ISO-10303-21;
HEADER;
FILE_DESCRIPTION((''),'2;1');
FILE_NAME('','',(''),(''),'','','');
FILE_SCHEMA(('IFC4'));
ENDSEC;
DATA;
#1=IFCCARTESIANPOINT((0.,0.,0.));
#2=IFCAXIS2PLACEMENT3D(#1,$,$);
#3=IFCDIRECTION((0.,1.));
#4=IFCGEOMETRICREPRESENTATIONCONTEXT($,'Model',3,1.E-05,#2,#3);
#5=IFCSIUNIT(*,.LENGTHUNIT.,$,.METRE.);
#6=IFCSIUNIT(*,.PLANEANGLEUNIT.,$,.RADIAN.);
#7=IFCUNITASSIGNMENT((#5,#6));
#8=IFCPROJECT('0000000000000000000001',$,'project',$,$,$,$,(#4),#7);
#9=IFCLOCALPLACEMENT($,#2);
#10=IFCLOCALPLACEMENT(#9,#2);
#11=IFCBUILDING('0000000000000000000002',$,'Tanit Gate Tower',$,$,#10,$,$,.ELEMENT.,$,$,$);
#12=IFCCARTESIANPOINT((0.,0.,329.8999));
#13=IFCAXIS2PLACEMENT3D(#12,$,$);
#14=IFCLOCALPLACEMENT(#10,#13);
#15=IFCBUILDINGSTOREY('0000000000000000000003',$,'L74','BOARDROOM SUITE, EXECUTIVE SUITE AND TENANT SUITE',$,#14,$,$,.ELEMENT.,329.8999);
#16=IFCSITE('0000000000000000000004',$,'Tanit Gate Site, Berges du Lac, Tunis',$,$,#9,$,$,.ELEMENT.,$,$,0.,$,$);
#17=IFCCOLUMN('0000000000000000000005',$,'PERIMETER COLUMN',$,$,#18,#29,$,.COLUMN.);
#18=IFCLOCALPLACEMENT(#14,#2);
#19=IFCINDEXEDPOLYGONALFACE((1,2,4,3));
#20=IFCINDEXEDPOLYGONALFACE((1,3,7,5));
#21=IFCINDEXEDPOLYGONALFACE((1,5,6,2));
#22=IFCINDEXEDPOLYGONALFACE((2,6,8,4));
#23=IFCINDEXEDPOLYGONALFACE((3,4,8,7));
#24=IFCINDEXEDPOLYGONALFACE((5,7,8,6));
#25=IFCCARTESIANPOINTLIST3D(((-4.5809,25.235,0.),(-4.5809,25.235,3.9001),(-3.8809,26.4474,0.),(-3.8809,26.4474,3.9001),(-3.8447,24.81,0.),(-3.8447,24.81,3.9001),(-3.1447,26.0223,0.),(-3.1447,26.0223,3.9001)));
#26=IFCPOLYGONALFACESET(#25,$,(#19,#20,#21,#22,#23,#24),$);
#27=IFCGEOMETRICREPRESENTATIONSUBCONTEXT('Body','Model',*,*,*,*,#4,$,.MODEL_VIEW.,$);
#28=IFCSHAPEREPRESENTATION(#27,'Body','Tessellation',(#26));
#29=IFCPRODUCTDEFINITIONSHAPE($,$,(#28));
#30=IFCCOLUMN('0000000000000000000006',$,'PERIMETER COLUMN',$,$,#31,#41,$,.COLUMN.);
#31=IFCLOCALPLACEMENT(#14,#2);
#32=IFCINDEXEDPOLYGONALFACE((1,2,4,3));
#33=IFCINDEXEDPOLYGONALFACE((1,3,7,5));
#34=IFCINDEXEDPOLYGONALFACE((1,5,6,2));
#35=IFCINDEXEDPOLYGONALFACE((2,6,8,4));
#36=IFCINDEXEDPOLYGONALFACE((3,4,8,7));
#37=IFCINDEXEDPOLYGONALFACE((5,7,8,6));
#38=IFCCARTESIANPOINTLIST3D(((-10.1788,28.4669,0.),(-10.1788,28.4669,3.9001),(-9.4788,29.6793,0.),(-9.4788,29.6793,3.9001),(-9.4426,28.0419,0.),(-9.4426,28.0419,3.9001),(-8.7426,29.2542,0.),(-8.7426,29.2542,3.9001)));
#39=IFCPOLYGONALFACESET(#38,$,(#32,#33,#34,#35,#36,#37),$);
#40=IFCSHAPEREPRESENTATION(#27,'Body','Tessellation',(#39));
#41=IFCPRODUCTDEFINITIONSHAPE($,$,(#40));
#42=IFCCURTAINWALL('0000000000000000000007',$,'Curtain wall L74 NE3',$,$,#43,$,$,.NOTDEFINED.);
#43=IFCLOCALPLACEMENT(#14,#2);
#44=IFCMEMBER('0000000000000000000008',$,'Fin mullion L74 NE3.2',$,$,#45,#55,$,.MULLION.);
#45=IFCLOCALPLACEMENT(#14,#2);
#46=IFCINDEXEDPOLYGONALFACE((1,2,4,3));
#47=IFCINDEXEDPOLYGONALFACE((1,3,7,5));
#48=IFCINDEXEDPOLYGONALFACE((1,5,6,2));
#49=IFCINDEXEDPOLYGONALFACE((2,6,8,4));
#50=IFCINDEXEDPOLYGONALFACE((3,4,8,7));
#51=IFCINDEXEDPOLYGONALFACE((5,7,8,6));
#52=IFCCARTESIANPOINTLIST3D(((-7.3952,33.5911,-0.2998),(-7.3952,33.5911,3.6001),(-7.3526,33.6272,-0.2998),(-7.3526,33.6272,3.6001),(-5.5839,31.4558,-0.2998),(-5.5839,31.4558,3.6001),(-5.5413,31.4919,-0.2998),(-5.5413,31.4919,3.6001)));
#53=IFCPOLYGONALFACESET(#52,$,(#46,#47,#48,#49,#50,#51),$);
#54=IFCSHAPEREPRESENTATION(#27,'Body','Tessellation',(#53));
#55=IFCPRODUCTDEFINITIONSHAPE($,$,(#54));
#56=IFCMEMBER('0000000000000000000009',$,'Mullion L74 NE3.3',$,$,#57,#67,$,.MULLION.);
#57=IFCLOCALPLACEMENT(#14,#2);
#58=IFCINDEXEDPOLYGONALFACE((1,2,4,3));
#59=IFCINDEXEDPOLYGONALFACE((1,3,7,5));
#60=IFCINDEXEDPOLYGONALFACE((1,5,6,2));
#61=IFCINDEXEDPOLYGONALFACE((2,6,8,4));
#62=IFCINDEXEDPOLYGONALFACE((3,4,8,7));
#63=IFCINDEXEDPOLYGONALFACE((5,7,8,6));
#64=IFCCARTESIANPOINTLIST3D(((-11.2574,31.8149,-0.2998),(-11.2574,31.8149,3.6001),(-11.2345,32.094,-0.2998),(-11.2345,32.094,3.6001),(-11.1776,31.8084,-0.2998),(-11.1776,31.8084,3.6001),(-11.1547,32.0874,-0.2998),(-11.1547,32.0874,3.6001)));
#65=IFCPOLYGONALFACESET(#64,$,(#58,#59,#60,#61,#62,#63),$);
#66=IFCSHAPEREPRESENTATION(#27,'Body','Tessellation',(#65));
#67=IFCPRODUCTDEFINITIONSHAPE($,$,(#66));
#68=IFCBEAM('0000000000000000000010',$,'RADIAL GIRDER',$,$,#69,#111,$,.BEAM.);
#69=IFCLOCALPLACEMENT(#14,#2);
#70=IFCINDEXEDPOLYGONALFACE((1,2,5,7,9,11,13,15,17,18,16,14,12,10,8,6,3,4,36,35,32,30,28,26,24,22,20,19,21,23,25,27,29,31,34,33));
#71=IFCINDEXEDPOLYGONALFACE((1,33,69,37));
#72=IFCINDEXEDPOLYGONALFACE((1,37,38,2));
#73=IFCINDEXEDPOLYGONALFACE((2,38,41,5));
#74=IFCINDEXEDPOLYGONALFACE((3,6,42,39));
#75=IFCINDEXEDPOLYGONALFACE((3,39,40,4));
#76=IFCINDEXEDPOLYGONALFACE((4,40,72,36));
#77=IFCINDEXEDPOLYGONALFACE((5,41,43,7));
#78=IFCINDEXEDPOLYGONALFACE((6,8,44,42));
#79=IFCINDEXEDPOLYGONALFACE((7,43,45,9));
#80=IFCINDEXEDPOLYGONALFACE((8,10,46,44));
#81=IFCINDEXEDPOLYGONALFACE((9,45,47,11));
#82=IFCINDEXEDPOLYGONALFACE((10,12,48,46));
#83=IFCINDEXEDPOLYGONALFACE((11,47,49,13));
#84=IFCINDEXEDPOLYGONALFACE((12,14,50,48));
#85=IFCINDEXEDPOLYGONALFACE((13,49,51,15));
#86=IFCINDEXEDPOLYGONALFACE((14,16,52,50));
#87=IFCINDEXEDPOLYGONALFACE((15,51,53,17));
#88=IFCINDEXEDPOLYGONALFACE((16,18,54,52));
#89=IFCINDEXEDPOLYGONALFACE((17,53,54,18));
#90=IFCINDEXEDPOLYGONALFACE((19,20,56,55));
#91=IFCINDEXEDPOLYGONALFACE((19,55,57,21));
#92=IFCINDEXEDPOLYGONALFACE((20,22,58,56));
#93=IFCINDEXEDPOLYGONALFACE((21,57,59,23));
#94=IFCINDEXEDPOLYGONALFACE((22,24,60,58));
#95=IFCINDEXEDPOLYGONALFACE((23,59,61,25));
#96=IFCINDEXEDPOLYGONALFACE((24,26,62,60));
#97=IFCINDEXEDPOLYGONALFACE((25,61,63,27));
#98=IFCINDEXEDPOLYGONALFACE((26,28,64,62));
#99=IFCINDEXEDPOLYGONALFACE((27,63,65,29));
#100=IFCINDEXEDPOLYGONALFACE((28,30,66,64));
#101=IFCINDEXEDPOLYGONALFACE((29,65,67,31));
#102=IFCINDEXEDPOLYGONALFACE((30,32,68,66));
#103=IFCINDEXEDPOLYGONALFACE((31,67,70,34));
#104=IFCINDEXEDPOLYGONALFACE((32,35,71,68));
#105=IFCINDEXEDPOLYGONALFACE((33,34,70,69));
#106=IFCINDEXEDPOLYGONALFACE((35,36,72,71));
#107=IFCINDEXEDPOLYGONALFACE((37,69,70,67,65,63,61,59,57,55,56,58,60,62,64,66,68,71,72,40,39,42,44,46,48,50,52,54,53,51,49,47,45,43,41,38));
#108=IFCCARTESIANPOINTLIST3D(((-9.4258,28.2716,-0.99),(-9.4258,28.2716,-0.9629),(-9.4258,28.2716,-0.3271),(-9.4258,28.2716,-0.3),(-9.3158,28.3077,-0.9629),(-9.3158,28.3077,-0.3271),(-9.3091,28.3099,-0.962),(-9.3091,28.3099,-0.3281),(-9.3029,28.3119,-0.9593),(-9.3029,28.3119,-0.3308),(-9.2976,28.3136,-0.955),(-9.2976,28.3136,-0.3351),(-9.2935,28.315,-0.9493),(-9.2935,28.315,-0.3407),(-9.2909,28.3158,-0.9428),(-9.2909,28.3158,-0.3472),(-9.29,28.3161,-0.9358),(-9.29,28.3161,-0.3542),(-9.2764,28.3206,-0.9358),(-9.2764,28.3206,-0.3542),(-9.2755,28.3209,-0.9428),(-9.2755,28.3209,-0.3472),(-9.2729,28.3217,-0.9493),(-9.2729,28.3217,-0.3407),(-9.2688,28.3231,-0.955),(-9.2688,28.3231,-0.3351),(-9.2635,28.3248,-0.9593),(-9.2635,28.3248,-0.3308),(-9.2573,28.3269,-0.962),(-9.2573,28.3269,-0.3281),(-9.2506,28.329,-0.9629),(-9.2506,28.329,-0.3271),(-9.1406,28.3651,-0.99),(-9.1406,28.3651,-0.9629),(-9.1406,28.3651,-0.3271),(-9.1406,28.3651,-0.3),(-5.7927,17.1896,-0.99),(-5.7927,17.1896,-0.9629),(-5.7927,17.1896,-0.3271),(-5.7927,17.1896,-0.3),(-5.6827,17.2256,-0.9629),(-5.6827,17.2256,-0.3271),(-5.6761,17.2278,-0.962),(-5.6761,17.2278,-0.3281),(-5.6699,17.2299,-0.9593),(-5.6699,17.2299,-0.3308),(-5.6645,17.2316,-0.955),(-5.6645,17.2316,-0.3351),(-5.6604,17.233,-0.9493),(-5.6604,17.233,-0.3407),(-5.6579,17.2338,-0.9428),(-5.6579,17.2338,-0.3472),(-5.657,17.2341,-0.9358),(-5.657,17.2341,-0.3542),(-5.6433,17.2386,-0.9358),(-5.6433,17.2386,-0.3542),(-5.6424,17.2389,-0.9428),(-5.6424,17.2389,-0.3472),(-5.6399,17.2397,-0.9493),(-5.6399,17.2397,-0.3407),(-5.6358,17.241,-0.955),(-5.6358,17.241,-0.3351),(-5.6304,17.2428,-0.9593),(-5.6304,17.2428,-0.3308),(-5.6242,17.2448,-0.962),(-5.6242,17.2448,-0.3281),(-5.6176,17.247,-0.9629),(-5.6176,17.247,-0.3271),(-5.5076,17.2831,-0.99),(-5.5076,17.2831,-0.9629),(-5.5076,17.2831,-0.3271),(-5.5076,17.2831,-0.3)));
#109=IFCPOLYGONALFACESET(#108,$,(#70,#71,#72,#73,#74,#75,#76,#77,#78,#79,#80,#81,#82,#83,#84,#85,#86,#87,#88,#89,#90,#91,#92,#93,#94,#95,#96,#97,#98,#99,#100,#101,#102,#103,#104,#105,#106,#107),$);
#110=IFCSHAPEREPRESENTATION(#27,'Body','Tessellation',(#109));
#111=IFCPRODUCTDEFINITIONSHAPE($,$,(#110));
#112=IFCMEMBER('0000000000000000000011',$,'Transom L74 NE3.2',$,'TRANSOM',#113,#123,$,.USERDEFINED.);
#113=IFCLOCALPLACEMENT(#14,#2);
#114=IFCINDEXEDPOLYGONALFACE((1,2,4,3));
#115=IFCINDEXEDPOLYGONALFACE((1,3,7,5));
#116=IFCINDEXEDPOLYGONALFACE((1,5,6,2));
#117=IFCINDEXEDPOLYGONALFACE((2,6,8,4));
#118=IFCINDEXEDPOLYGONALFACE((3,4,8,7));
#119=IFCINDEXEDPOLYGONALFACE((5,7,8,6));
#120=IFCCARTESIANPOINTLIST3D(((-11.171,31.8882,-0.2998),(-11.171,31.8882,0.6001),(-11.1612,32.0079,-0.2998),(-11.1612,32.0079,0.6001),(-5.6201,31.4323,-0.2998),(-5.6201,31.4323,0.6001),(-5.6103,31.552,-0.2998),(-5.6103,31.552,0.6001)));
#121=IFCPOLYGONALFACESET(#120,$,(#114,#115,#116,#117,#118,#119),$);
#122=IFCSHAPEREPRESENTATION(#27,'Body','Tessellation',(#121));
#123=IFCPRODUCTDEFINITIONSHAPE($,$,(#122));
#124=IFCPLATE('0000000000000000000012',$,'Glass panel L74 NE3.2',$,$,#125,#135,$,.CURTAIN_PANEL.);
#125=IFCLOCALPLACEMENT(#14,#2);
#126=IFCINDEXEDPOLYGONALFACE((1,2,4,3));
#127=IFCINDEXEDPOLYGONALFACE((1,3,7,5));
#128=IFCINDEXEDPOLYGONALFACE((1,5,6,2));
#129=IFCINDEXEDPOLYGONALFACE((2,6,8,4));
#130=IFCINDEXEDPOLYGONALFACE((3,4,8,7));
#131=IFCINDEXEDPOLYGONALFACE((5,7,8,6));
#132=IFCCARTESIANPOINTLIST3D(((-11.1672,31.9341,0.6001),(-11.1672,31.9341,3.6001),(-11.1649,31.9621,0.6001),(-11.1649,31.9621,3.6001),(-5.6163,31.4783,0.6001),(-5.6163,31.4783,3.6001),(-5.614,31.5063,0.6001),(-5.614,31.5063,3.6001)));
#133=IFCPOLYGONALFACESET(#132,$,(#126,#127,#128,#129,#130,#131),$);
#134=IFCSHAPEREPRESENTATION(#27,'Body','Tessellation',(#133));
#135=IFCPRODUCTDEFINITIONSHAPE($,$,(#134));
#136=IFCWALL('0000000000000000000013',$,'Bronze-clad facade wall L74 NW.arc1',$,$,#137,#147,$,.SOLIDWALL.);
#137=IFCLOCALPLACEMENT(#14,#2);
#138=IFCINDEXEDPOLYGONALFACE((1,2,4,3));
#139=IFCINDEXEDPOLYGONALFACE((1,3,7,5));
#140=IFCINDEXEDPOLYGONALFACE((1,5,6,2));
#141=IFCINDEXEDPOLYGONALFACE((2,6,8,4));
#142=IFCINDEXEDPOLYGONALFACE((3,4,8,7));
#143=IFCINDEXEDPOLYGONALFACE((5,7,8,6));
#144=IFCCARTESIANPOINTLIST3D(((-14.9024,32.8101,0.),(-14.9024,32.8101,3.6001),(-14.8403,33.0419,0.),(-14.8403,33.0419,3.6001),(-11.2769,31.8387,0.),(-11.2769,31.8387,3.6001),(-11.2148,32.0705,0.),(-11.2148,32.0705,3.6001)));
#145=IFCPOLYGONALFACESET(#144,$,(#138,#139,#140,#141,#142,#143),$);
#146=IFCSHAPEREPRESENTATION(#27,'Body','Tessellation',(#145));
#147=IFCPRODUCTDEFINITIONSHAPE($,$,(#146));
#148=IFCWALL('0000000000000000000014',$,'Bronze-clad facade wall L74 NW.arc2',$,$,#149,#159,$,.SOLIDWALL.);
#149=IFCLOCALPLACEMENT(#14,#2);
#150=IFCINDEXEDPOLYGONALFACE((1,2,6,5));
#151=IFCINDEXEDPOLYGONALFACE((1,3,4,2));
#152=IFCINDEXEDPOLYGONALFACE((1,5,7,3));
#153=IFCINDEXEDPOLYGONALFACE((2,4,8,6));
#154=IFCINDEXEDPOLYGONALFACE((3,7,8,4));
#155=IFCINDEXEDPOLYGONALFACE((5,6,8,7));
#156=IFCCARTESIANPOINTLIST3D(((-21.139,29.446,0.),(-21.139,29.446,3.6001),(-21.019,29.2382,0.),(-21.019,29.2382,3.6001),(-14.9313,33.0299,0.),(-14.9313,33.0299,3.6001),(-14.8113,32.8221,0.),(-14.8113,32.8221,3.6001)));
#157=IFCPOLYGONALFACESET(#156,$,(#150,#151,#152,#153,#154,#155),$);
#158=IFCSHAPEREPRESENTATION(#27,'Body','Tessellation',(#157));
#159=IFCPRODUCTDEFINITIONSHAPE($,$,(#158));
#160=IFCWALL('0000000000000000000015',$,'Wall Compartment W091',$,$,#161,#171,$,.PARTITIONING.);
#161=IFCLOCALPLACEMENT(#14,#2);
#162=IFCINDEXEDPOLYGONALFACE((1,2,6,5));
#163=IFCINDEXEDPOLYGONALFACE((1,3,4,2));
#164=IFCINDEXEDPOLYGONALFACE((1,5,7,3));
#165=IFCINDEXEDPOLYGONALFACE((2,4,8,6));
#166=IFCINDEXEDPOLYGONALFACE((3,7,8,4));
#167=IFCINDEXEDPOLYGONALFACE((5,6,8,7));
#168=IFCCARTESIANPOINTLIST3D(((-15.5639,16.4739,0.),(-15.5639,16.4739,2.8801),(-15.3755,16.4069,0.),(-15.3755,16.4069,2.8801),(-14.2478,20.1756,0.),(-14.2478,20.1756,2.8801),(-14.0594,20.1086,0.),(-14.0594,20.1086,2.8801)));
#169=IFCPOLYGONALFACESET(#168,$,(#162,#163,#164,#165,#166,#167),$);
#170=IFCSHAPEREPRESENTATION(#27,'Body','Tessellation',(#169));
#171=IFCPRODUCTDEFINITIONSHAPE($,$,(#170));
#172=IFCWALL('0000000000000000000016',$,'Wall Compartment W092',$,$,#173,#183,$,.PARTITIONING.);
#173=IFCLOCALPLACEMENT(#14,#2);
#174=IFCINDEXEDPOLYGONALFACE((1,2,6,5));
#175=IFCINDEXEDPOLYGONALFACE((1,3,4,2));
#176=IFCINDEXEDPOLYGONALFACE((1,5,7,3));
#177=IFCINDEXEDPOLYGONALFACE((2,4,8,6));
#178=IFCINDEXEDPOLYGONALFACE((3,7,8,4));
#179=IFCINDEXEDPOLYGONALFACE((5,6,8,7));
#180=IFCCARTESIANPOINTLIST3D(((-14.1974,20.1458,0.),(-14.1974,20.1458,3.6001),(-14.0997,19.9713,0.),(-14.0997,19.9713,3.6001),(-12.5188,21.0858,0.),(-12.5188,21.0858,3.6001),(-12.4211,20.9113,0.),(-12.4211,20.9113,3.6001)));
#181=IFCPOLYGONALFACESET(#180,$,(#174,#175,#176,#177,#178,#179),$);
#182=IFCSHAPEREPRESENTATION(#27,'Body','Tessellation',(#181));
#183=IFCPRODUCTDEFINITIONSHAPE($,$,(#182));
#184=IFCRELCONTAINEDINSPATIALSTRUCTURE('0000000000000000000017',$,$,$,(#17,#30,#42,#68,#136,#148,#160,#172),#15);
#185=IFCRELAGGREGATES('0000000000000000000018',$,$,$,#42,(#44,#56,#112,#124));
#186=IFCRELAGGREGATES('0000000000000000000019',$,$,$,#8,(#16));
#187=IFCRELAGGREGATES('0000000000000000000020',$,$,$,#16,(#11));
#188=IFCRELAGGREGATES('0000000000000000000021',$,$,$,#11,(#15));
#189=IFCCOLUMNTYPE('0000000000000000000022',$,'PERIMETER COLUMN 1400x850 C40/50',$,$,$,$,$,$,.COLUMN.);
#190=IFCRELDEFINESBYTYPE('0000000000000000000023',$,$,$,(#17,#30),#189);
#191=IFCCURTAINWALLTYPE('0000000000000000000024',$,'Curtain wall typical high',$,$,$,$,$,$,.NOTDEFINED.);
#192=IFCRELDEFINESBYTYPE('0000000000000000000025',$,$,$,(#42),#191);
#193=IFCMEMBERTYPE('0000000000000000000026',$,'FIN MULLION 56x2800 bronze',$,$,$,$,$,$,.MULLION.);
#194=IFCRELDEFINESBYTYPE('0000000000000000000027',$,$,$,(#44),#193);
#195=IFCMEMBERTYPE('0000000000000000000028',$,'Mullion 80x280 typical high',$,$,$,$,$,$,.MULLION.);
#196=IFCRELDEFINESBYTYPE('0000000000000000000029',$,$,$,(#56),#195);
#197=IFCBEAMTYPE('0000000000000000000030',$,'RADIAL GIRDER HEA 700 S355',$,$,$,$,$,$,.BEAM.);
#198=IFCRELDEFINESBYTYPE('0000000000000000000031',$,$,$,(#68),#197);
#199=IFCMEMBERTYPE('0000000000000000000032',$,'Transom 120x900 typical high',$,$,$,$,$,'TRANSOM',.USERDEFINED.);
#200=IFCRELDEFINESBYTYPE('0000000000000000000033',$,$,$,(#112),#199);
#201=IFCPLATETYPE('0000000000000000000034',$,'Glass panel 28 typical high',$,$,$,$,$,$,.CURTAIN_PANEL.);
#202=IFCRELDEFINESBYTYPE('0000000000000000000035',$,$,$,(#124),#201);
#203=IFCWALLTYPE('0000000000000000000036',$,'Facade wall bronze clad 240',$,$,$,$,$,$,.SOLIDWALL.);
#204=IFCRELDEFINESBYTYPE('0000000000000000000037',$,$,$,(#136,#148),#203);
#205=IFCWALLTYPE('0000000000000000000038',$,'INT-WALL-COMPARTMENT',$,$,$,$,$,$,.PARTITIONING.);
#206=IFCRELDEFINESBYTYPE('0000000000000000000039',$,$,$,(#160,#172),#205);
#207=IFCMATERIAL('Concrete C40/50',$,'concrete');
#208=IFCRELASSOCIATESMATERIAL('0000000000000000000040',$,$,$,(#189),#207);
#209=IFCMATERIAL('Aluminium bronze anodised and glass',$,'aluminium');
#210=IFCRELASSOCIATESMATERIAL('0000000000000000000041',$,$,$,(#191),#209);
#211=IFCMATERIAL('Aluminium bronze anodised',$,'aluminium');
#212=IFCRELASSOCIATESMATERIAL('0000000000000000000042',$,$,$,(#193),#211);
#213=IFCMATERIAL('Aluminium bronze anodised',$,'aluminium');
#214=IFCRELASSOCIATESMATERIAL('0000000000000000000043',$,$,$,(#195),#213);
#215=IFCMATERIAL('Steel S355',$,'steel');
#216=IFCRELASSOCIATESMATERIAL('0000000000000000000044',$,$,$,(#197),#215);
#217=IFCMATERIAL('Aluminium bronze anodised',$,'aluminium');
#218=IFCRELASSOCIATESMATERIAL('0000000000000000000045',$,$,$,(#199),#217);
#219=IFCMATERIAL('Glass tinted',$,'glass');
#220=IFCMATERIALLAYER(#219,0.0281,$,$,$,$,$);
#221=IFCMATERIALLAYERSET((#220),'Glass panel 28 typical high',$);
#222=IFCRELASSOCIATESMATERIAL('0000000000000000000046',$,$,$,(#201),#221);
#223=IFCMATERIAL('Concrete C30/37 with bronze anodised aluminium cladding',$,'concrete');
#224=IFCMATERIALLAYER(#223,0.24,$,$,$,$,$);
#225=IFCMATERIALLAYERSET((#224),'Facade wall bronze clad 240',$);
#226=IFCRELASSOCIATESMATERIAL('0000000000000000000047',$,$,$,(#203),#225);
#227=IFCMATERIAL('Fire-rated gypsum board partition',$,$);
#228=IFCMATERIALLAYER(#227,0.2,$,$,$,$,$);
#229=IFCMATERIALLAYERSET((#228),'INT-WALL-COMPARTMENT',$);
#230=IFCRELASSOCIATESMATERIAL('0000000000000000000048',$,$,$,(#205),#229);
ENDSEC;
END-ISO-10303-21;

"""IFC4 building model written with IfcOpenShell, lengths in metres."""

from ifc_helpers import new_model, si_unit, direction, frame, frame_2d, origin, origin_2d, place, context, subcontext, project, spatial, rectangle, i_section, extrude, material, layer, layer_set, material_profile, profile_set, type_object, element, aggregate, save


model = new_model("IFC4")

# Units and contexts
model_context = context("Model", 3, precision=1e-05, world=origin(), true_north=direction((0.0, 1.0)))
body_context = subcontext(model_context, "Body", "Model", "MODEL_VIEW")
ifc_project = project(units=[si_unit("LENGTHUNIT", "METRE"), si_unit("PLANEANGLEUNIT", "RADIAN")], contexts=[model_context])

# Site, building, storey
site_placement = place(None, origin())
site = spatial("IfcSite", under=ifc_project, at=site_placement, Name="Tanit Gate Site, Berges du Lac, Tunis", CompositionType="ELEMENT", RefElevation=0.0)
building_placement = place(site_placement, origin())
building = spatial("IfcBuilding", under=site, at=building_placement, Name="Tanit Gate Tower", CompositionType="ELEMENT")
storey_placement = place(building_placement, frame((0.0, 0.0, 329.8999)))
storey = spatial("IfcBuildingStorey", under=building, at=storey_placement, Name="L74", Description="BOARDROOM SUITE, EXECUTIVE SUITE AND TENANT SUITE", CompositionType="ELEMENT", Elevation=329.8999)

# Columns
ifc_material_1 = material(Name="Concrete C40/50", Category="concrete")
ifc_material_profile_1 = material_profile(ifc_material_1, rectangle(XDim=1.3999, YDim=0.8501, at=origin_2d()), Name="RC 1400x850")
ifc_profile_set_1 = profile_set([ifc_material_profile_1], Name="Concrete C40/50")
column_type = type_object("IfcColumnType", Name="PERIMETER COLUMN 1400x850 C40/50", PredefinedType="COLUMN", material=ifc_profile_set_1)
for number, where, z_axis, x_axis, name in (
    (1, (-3.8628, 25.6287, 0.0), (0.0, 0.0, 1.0), (0.5, 0.866025, 0.0), "PERIMETER COLUMN"),
    (2, (-9.4607, 28.8606, 0.0), (0.0, 0.0, 1.0), (0.5, 0.866025, 0.0), "PERIMETER COLUMN"),
):
    element("IfcColumn", number, at=place(storey_placement, frame(where, z_axis=z_axis, x_axis=x_axis)), inside=storey, type_object=column_type, Name=name, PredefinedType="COLUMN", context=body_context, shape_type="SweptSolid", body=[
        extrude(rectangle(XDim=1.3999, YDim=0.8501, at=origin_2d()), origin(), (0.0, 0.0, 1.0), 3.9001),
    ])

# Curtain wall, members
ifc_material_2 = material(Name="Aluminium bronze anodised and glass", Category="aluminium")
curtain_wall_type = type_object("IfcCurtainWallType", Name="Curtain wall typical high", PredefinedType="NOTDEFINED", material=ifc_material_2)
curtain_wall_placement = place(storey_placement, origin())
curtain_wall = element("IfcCurtainWall", 3, at=curtain_wall_placement, inside=storey, type_object=curtain_wall_type, Name="Curtain wall L74 NE3", PredefinedType="NOTDEFINED")
ifc_material_3 = material(Name="Aluminium bronze anodised", Category="aluminium")
ifc_material_profile_2 = material_profile(ifc_material_3, rectangle(XDim=2.8, YDim=0.0559, at=origin_2d()), Name="56x2800 bronze fin mullion")
ifc_profile_set_2 = profile_set([ifc_material_profile_2], Name="Aluminium bronze anodised")
member_type_1 = type_object("IfcMemberType", Name="FIN MULLION 56x2800 bronze", PredefinedType="MULLION", material=ifc_profile_set_2)
member_1_placement = place(storey_placement, frame((-6.4683, 32.5415, -0.2998), z_axis=(0.0, 0.0, 1.0), x_axis=(0.646873, -0.762598, 0.0)))
member_1 = element("IfcMember", 4, at=member_1_placement, type_object=member_type_1, Name="Fin mullion L74 NE3.2", PredefinedType="MULLION", context=body_context, shape_type="SweptSolid", body=[
    extrude(rectangle(XDim=2.8, YDim=0.0559, at=origin_2d()), origin(), (0.0, 0.0, 1.0), 3.8999),
])
ifc_material_4 = material(Name="Aluminium bronze anodised", Category="aluminium")
ifc_material_profile_3 = material_profile(ifc_material_4, rectangle(XDim=0.28, YDim=0.0801, at=origin_2d()), Name="80x280 bronze mullion")
ifc_profile_set_3 = profile_set([ifc_material_profile_3], Name="Aluminium bronze anodised")
member_type_2 = type_object("IfcMemberType", Name="Mullion 80x280 typical high", PredefinedType="MULLION", material=ifc_profile_set_3)
member_2_placement = place(storey_placement, frame((-11.2061, 31.9512, -0.2998), z_axis=(0.0, 0.0, 1.0), x_axis=(-0.08183, -0.996646, 0.0)))
member_2 = element("IfcMember", 5, at=member_2_placement, type_object=member_type_2, Name="Mullion L74 NE3.3", PredefinedType="MULLION", context=body_context, shape_type="SweptSolid", body=[
    extrude(rectangle(XDim=0.28, YDim=0.0801, at=origin_2d()), origin(), (0.0, 0.0, 1.0), 3.8999),
])

# Beam
ifc_material_5 = material(Name="Steel S355", Category="steel")
ifc_material_profile_4 = material_profile(ifc_material_5, i_section(OverallWidth=0.3, OverallDepth=0.6899, WebThickness=0.0144, FlangeThickness=0.0271, FilletRadius=0.0271, at=origin_2d()), Name="HEA 700")
ifc_profile_set_4 = profile_set([ifc_material_profile_4], Name="Steel S355")
beam_type = type_object("IfcBeamType", Name="RADIAL GIRDER HEA 700 S355", PredefinedType="BEAM", material=ifc_profile_set_4)
beam_placement = place(storey_placement, frame((-9.2832, 28.3184, -0.645), z_axis=(0.31152, -0.95024, 0.0), x_axis=(0.95024, 0.31152, 0.0)))
element("IfcBeam", 6, at=beam_placement, inside=storey, type_object=beam_type, Name="RADIAL GIRDER", PredefinedType="BEAM", context=body_context, shape_type="SweptSolid", body=[
    extrude(i_section(OverallWidth=0.3, OverallDepth=0.6899, WebThickness=0.0144, FlangeThickness=0.0271, FilletRadius=0.0271, at=origin_2d()), origin(), (0.0, 0.0, 1.0), 11.6624),
])

# Member
ifc_material_6 = material(Name="Aluminium bronze anodised", Category="aluminium")
ifc_material_profile_5 = material_profile(ifc_material_6, rectangle(XDim=0.1201, YDim=0.8999, at=origin_2d()), Name="120x900 bronze transom")
ifc_profile_set_5 = profile_set([ifc_material_profile_5], Name="Aluminium bronze anodised")
member_type_3 = type_object("IfcMemberType", Name="Transom 120x900 typical high", ElementType="TRANSOM", PredefinedType="USERDEFINED", material=ifc_profile_set_5)
member_3_placement = place(storey_placement, frame((-5.6152, 31.4922, 0.1501), z_axis=(-0.996645, 0.081841, 0.0), x_axis=(-0.081841, -0.996645, 0.0)))
member_3 = element("IfcMember", 7, at=member_3_placement, type_object=member_type_3, Name="Transom L74 NE3.2", ObjectType="TRANSOM", PredefinedType="USERDEFINED", context=body_context, shape_type="SweptSolid", body=[
    extrude(rectangle(XDim=0.1201, YDim=0.8999, at=origin_2d()), origin(), (0.0, 0.0, 1.0), 5.5696),
])

# Plate
ifc_material_7 = material(Name="Glass tinted", Category="glass")
ifc_layer_1 = layer(ifc_material_7, 0.0281)
ifc_layer_set_1 = layer_set([ifc_layer_1], Name="Glass panel 28 typical high")
plate_type = type_object("IfcPlateType", Name="Glass panel 28 typical high", PredefinedType="CURTAIN_PANEL", material=ifc_layer_set_1)
plate_placement = place(storey_placement, frame((-8.3906, 31.7202, 0.6001), z_axis=(0.0, 0.0, 1.0), x_axis=(-0.996646, 0.08183, 0.0)))
plate = element("IfcPlate", 8, at=plate_placement, type_object=plate_type, Name="Glass panel L74 NE3.2", PredefinedType="CURTAIN_PANEL", context=body_context, shape_type="SweptSolid", body=[
    extrude(rectangle(XDim=5.5696, YDim=0.0281, at=origin_2d()), origin(), (0.0, 0.0, 1.0), 3.0),
])
aggregate(curtain_wall, [member_1, member_2, member_3, plate])

# Walls
ifc_material_8 = material(Name="Concrete C30/37 with bronze anodised aluminium cladding", Category="concrete")
ifc_layer_2 = layer(ifc_material_8, 0.24)
ifc_layer_set_2 = layer_set([ifc_layer_2], Name="Facade wall bronze clad 240")
wall_type_1 = type_object("IfcWallType", Name="Facade wall bronze clad 240", PredefinedType="SOLIDWALL", material=ifc_layer_set_2)
wall_1_placement = place(storey_placement, frame((-11.2458, 31.9546, 0.0), z_axis=(0.0, 0.0, 1.0), x_axis=(-0.965927, 0.258816, 0.0)))
element("IfcWall", 9, at=wall_1_placement, inside=storey, type_object=wall_type_1, Name="Bronze-clad facade wall L74 NW.arc1", PredefinedType="SOLIDWALL", context=body_context, shape_type="SweptSolid", body=[
    extrude(rectangle(XDim=3.7534, YDim=0.24, at=frame_2d((1.8767, 0.0))), origin(), (0.0, 0.0, 1.0), 3.6001),
])
wall_2_placement = place(storey_placement, frame((-14.8713, 32.926, 0.0), z_axis=(0.0, 0.0, 1.0), x_axis=(-0.86603, -0.499993, 0.0)))
element("IfcWall", 10, at=wall_2_placement, inside=storey, type_object=wall_type_1, Name="Bronze-clad facade wall L74 NW.arc2", PredefinedType="SOLIDWALL", context=body_context, shape_type="SweptSolid", body=[
    extrude(rectangle(XDim=7.168, YDim=0.24, at=frame_2d((3.584, 0.0))), origin(), (0.0, 0.0, 1.0), 3.6001),
])
ifc_material_9 = material(Name="Fire-rated gypsum board partition")
ifc_layer_3 = layer(ifc_material_9, 0.2)
ifc_layer_set_3 = layer_set([ifc_layer_3], Name="INT-WALL-COMPARTMENT")
wall_type_2 = type_object("IfcWallType", Name="INT-WALL-COMPARTMENT", PredefinedType="PARTITIONING", material=ifc_layer_set_3)
wall_3_placement = place(storey_placement, frame((-14.1536, 20.1421, 0.0), z_axis=(0.0, 0.0, 1.0), x_axis=(-0.335013, -0.942213, 0.0)))
element("IfcWall", 11, at=wall_3_placement, inside=storey, type_object=wall_type_2, Name="Wall Compartment W091", PredefinedType="PARTITIONING", context=body_context, shape_type="SweptSolid", body=[
    extrude(rectangle(XDim=3.9287, YDim=0.2, at=frame_2d((1.9644, 0.0))), origin(), (0.0, 0.0, 1.0), 2.8801),
])
wall_4_placement = place(storey_placement, frame((-12.47, 20.9985, 0.0), z_axis=(0.0, 0.0, 1.0), x_axis=(-0.872506, -0.488603, 0.0)))
element("IfcWall", 12, at=wall_4_placement, inside=storey, type_object=wall_type_2, Name="Wall Compartment W092", PredefinedType="PARTITIONING", context=body_context, shape_type="SweptSolid", body=[
    extrude(rectangle(XDim=1.9238, YDim=0.2, at=frame_2d((0.9619, 0.0))), origin(), (0.0, 0.0, 1.0), 3.6001),
])

save(model, "model.ifc")
